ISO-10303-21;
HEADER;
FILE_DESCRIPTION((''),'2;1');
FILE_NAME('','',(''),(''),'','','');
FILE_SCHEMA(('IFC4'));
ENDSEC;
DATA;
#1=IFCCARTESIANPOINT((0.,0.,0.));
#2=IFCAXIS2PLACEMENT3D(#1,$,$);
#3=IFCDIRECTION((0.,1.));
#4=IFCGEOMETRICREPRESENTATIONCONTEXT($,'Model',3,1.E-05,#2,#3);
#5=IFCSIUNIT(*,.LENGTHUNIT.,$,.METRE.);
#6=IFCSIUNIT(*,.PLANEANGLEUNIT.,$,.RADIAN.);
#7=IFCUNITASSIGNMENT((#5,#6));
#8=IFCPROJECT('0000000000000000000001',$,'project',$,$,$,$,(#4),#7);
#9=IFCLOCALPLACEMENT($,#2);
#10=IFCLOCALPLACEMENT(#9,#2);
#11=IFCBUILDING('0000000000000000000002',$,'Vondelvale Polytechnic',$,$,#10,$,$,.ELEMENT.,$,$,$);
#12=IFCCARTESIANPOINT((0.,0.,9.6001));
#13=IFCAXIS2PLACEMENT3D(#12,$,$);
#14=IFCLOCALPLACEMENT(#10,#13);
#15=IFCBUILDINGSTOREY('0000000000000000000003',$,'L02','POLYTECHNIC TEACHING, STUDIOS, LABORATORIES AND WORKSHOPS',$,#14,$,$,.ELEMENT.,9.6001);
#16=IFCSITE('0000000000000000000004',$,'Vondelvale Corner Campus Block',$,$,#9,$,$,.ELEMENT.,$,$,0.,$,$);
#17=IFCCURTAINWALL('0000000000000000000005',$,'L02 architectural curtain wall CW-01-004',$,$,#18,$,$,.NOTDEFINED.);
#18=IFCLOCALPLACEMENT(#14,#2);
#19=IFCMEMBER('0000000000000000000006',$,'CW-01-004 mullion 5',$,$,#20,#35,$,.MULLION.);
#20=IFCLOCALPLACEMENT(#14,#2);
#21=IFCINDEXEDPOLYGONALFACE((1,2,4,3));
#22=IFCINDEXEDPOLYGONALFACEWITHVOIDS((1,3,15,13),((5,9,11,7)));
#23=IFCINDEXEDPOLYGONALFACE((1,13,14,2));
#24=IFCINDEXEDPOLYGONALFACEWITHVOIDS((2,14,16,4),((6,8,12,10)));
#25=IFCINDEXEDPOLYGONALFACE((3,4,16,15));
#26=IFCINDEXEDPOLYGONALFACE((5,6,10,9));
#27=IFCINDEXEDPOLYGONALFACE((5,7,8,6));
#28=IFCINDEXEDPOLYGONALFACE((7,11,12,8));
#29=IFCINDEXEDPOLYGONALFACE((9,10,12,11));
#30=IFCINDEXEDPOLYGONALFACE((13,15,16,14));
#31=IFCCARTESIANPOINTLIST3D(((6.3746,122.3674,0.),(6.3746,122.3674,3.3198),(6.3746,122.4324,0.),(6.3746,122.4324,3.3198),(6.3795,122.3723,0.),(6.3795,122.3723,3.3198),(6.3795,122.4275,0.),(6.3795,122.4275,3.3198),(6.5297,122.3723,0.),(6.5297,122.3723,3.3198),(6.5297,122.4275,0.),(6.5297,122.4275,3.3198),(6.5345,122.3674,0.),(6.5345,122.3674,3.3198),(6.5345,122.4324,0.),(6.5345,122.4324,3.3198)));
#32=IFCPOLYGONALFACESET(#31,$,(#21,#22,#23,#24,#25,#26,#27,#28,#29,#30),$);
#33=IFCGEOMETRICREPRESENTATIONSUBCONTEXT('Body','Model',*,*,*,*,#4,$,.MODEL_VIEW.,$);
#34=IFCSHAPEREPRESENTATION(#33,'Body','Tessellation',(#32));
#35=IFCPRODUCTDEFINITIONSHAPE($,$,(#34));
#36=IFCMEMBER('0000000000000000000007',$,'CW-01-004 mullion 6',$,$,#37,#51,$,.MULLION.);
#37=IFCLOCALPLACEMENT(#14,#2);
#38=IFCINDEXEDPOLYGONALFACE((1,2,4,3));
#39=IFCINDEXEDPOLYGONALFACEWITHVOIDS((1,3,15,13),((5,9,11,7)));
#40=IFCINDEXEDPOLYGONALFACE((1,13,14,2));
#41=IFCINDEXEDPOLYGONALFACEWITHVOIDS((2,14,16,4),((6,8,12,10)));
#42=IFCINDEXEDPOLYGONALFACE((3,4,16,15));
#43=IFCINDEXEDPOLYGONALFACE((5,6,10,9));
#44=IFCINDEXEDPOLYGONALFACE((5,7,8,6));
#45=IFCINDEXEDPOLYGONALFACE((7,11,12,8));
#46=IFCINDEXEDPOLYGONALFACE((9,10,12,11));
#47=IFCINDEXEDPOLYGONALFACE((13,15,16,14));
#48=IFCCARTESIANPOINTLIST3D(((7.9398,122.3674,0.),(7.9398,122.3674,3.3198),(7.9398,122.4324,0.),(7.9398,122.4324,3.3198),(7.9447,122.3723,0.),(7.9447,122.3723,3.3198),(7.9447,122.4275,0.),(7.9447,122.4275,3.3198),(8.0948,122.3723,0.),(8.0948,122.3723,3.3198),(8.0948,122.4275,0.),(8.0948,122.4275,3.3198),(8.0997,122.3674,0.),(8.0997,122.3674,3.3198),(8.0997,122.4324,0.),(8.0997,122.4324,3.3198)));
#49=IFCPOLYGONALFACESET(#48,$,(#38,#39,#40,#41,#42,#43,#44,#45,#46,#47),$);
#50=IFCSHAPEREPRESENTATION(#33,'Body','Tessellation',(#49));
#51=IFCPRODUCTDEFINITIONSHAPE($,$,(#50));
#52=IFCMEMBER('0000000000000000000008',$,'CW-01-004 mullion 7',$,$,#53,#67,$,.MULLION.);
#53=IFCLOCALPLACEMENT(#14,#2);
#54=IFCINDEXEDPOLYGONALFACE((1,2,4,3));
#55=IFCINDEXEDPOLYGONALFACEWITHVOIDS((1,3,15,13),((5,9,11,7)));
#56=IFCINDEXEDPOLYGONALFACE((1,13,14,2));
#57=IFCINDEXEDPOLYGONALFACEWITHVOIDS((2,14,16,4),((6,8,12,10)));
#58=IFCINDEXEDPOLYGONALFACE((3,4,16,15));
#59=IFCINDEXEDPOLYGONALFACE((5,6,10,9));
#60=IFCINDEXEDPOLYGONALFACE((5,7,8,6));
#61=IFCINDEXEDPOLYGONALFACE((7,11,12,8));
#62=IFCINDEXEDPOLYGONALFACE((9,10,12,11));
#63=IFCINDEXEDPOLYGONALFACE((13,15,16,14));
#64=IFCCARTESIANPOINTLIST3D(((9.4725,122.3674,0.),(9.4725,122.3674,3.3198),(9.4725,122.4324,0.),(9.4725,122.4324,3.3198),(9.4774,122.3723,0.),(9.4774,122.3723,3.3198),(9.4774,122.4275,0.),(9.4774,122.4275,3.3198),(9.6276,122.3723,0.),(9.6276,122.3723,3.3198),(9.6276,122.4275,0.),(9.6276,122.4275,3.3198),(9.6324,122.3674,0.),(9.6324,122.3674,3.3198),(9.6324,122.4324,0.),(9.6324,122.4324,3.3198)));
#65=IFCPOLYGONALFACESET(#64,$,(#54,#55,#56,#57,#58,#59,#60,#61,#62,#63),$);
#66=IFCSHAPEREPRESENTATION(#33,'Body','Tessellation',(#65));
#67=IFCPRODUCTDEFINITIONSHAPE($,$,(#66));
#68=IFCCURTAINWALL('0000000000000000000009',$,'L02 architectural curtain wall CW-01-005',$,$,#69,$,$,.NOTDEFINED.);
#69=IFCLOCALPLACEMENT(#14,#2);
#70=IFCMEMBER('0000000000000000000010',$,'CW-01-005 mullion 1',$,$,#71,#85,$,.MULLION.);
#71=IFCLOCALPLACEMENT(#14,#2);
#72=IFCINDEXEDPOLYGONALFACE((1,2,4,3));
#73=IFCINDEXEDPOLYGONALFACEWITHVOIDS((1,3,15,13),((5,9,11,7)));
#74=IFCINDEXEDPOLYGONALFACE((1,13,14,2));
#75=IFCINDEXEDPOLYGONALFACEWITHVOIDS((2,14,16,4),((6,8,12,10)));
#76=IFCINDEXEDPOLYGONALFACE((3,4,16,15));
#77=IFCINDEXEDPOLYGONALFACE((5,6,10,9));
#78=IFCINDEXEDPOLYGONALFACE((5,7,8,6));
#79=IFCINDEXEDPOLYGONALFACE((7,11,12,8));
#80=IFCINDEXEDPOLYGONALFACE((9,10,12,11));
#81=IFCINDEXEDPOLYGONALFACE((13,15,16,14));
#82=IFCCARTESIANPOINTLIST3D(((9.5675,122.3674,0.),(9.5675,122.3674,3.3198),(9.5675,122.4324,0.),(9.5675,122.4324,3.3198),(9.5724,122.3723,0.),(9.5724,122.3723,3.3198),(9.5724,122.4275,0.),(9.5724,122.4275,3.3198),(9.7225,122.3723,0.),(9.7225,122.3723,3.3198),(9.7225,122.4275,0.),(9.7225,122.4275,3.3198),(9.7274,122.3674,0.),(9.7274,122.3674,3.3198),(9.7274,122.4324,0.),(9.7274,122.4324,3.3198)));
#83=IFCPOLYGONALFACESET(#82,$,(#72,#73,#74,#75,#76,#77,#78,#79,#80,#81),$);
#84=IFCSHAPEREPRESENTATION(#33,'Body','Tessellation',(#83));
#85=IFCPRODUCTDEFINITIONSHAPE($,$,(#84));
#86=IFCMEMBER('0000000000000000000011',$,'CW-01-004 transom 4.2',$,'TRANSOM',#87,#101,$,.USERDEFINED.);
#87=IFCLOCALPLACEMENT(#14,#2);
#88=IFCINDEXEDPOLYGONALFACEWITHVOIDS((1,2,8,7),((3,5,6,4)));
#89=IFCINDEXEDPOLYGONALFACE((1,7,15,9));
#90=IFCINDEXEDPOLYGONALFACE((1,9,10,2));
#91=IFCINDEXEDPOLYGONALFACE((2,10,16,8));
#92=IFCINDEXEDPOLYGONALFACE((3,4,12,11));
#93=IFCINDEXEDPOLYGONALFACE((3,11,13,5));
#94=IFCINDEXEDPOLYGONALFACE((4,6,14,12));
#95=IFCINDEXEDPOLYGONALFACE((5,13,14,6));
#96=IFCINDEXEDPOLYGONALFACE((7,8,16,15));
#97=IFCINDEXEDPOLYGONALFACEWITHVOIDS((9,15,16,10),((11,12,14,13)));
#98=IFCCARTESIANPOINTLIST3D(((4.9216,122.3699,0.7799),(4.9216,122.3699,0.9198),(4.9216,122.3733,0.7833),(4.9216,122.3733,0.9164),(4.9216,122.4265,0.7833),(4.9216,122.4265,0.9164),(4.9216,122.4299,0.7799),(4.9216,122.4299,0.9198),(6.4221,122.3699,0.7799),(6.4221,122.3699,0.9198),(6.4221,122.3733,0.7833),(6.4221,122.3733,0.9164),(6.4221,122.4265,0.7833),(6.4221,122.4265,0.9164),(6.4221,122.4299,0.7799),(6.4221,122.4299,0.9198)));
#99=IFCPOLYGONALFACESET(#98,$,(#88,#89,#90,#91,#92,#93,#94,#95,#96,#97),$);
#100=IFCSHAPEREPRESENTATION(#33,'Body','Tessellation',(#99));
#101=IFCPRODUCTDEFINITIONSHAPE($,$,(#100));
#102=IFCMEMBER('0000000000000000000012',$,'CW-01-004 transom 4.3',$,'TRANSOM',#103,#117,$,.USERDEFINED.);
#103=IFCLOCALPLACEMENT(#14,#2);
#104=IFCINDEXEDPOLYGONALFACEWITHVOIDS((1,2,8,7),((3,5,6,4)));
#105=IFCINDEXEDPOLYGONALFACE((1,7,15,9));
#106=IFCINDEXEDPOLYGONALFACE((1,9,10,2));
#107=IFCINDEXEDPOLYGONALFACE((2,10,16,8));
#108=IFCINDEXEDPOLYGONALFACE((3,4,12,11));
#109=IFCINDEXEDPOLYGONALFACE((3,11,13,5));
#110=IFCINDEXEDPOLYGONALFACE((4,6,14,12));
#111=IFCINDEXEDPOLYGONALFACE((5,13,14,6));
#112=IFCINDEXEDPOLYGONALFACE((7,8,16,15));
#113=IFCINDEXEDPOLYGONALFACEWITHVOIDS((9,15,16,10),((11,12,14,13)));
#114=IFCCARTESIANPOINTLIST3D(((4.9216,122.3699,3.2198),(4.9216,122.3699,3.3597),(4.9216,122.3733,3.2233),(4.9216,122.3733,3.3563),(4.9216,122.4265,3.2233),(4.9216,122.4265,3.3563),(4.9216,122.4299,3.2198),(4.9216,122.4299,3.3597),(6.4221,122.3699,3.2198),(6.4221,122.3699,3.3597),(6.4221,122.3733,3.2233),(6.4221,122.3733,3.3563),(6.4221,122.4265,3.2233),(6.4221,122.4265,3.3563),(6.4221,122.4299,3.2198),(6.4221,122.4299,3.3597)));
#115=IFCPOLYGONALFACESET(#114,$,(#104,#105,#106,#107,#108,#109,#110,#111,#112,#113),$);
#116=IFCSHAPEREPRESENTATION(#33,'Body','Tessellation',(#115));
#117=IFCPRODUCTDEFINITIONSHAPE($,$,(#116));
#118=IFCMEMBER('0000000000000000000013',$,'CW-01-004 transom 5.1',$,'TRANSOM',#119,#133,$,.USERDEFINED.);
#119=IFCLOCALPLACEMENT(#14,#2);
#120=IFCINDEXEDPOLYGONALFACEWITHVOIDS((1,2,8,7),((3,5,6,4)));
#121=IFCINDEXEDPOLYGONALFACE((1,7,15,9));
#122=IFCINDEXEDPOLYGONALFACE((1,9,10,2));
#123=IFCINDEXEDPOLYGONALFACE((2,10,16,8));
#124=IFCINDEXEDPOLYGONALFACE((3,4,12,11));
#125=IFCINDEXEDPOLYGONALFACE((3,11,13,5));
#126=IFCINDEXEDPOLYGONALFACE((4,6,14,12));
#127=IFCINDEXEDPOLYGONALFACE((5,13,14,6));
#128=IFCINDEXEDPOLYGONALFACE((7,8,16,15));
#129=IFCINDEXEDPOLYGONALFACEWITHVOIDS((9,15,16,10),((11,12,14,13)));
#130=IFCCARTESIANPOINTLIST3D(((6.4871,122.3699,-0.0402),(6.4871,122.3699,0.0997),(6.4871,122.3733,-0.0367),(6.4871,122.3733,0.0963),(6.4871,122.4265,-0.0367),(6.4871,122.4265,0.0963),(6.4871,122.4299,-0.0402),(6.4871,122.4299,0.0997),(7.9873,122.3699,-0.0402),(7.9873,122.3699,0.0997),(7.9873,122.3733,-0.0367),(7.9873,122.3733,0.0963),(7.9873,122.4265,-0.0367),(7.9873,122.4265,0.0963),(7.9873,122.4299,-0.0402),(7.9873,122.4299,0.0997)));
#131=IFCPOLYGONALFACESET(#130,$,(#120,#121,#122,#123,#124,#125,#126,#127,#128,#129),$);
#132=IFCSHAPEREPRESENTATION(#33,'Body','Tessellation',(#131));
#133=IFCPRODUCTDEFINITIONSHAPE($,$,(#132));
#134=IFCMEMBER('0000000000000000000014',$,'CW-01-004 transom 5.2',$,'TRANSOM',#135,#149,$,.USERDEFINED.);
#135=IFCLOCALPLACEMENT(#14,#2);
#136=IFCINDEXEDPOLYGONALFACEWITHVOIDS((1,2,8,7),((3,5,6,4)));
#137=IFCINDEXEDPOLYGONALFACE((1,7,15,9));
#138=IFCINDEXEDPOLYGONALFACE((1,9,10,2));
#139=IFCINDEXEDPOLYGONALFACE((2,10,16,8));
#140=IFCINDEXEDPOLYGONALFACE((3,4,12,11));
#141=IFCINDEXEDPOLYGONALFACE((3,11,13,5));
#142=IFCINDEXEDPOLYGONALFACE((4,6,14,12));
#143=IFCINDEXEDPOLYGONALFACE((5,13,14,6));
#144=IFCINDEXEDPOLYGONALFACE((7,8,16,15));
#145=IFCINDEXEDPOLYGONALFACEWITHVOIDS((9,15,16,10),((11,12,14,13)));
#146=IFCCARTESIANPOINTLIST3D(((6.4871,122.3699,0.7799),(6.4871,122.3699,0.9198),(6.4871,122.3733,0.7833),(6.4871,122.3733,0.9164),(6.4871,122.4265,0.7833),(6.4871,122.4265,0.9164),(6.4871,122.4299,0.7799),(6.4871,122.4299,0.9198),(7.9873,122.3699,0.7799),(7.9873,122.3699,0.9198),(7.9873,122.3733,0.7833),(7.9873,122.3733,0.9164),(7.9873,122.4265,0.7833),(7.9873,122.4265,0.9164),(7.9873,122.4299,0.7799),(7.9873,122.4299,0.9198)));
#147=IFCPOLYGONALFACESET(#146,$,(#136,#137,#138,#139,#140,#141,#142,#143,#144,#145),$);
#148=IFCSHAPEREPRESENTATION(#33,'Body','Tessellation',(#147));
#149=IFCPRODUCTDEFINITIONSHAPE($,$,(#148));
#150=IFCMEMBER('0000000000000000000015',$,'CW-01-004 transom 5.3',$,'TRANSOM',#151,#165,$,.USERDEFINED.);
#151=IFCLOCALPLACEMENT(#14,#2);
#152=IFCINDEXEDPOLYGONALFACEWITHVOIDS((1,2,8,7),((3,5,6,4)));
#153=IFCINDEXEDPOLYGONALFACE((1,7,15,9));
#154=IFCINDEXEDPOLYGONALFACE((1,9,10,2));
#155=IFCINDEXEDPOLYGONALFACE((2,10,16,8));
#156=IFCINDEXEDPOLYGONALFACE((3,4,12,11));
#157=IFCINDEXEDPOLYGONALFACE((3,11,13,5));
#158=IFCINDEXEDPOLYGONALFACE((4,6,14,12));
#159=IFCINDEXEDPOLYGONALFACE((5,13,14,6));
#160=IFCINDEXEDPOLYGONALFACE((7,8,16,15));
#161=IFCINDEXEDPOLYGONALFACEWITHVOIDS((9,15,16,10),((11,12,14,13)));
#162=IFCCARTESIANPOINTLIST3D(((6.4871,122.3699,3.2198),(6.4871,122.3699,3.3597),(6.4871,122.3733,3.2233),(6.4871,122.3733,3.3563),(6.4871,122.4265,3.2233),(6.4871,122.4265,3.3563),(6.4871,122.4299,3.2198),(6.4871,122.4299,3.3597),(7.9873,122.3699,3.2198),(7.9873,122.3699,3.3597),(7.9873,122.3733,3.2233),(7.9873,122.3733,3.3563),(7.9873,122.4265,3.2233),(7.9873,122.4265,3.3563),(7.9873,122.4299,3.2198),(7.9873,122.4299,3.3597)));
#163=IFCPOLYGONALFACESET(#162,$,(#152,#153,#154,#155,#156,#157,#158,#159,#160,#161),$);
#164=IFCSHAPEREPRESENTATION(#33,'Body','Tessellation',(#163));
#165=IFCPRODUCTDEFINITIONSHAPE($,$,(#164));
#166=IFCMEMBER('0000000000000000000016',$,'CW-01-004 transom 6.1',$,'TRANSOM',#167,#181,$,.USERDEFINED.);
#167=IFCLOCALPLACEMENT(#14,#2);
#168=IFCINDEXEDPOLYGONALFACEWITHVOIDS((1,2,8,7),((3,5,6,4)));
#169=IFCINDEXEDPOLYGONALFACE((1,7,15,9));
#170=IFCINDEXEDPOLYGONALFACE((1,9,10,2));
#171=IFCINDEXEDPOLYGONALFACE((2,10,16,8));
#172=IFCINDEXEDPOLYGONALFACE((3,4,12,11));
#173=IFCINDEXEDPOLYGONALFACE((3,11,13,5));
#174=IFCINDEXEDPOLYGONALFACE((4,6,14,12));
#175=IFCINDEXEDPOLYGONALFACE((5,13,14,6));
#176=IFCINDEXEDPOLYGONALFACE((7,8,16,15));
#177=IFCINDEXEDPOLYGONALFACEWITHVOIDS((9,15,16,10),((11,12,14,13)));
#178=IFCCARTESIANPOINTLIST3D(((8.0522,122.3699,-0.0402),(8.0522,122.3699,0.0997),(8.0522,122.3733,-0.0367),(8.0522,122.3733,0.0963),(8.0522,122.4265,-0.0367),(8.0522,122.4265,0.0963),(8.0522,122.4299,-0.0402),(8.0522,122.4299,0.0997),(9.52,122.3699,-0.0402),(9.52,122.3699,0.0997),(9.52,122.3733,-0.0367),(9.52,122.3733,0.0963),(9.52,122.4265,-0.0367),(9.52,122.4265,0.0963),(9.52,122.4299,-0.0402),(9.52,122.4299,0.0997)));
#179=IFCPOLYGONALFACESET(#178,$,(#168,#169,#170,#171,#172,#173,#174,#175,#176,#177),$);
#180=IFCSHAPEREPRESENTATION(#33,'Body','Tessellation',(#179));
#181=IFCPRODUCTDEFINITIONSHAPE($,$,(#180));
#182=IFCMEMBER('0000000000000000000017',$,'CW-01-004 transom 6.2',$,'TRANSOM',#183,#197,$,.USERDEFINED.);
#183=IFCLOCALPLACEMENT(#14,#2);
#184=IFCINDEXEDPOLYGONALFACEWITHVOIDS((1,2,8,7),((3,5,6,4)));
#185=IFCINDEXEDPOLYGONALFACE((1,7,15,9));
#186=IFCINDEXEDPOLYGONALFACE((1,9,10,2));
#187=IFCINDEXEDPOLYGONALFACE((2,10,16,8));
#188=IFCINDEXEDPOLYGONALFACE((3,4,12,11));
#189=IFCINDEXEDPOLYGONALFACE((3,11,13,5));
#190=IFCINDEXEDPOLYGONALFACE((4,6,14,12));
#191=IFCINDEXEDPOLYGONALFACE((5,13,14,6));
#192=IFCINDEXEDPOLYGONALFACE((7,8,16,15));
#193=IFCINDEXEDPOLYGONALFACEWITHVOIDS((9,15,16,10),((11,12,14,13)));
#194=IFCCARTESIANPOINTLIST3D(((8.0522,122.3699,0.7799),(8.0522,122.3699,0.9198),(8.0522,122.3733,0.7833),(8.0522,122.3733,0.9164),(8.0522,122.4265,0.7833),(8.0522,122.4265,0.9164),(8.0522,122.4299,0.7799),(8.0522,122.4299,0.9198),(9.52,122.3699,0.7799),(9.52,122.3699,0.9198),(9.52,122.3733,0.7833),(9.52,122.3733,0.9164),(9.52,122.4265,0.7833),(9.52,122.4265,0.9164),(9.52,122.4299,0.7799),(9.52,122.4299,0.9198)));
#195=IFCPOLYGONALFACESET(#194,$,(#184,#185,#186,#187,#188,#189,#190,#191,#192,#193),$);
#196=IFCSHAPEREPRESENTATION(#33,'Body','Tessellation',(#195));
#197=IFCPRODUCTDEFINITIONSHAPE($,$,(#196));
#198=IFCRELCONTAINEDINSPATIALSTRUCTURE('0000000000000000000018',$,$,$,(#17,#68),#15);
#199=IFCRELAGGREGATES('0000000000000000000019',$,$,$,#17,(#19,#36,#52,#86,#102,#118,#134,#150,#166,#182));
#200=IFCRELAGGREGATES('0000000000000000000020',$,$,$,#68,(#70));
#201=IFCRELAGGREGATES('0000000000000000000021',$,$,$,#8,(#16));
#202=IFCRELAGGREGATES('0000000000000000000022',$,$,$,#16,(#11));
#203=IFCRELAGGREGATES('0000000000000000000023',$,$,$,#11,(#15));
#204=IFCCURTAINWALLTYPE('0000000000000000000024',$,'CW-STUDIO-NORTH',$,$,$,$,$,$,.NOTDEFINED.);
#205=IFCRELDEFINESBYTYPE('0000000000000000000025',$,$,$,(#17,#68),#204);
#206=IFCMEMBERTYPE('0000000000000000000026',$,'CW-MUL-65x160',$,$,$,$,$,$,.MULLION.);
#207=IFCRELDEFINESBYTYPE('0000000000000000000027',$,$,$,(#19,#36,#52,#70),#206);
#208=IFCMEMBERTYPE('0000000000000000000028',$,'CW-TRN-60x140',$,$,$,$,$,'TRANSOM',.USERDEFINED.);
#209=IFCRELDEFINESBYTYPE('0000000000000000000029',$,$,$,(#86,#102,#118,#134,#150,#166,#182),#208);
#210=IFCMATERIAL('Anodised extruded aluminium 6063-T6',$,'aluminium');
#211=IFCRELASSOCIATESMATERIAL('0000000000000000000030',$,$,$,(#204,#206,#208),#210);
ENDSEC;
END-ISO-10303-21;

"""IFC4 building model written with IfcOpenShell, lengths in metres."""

from ifc_helpers import new_model, si_unit, direction, frame, origin, origin_2d, place, context, subcontext, project, spatial, hollow_rectangle, extrude, material, material_profile, profile_set, type_object, element, aggregate, save


model = new_model("IFC4")

# Units and contexts
model_context = context("Model", 3, precision=1e-05, world=origin(), true_north=direction((0.0, 1.0)))
body_context = subcontext(model_context, "Body", "Model", "MODEL_VIEW")
ifc_project = project(units=[si_unit("LENGTHUNIT", "METRE"), si_unit("PLANEANGLEUNIT", "RADIAN")], contexts=[model_context])

# Site, building, storey
site_placement = place(None, origin())
site = spatial("IfcSite", under=ifc_project, at=site_placement, Name="Vondelvale Corner Campus Block", CompositionType="ELEMENT", RefElevation=0.0)
building_placement = place(site_placement, origin())
building = spatial("IfcBuilding", under=site, at=building_placement, Name="Vondelvale Polytechnic", CompositionType="ELEMENT")
storey_placement = place(building_placement, frame((0.0, 0.0, 9.6001)))
storey = spatial("IfcBuildingStorey", under=building, at=storey_placement, Name="L02", Description="POLYTECHNIC TEACHING, STUDIOS, LABORATORIES AND WORKSHOPS", CompositionType="ELEMENT", Elevation=9.6001)

# Curtain wall, members
ifc_material_1 = material(Name="Anodised extruded aluminium 6063-T6", Category="aluminium")
curtain_wall_type = type_object("IfcCurtainWallType", Name="CW-STUDIO-NORTH", PredefinedType="NOTDEFINED", material=ifc_material_1)
curtain_wall_1_placement = place(storey_placement, origin())
curtain_wall_1 = element("IfcCurtainWall", 1, at=curtain_wall_1_placement, inside=storey, type_object=curtain_wall_type, Name="L02 architectural curtain wall CW-01-004", PredefinedType="NOTDEFINED")
ifc_material_profile_1 = material_profile(ifc_material_1, hollow_rectangle(XDim=0.0649, YDim=0.1599, WallThickness=0.0049, at=origin_2d()), Name="CW-MUL-160x65")
ifc_profile_set_1 = profile_set([ifc_material_profile_1], Name="Anodised extruded aluminium 6063-T6")
member_type_1 = type_object("IfcMemberType", Name="CW-MUL-65x160", PredefinedType="MULLION", material=ifc_profile_set_1)
member_1_placement = place(storey_placement, frame((6.4546, 122.3999, 0.0), z_axis=(0.0, 0.0, 1.0), x_axis=(0.0, 1.0, 0.0)))
member_1 = element("IfcMember", 2, at=member_1_placement, type_object=member_type_1, Name="CW-01-004 mullion 5", PredefinedType="MULLION", context=body_context, shape_type="SweptSolid", body=[
    extrude(hollow_rectangle(XDim=0.0649, YDim=0.1599, WallThickness=0.0049, at=origin_2d()), origin(), (0.0, 0.0, 1.0), 3.3198),
])
member_2_placement = place(storey_placement, frame((8.0198, 122.3999, 0.0), z_axis=(0.0, 0.0, 1.0), x_axis=(0.0, 1.0, 0.0)))
member_2 = element("IfcMember", 3, at=member_2_placement, type_object=member_type_1, Name="CW-01-004 mullion 6", PredefinedType="MULLION", context=body_context, shape_type="SweptSolid", body=[
    extrude(hollow_rectangle(XDim=0.0649, YDim=0.1599, WallThickness=0.0049, at=origin_2d()), origin(), (0.0, 0.0, 1.0), 3.3198),
])
member_3_placement = place(storey_placement, frame((9.5525, 122.3999, 0.0), z_axis=(0.0, 0.0, 1.0), x_axis=(0.0, 1.0, 0.0)))
member_3 = element("IfcMember", 4, at=member_3_placement, type_object=member_type_1, Name="CW-01-004 mullion 7", PredefinedType="MULLION", context=body_context, shape_type="SweptSolid", body=[
    extrude(hollow_rectangle(XDim=0.0649, YDim=0.1599, WallThickness=0.0049, at=origin_2d()), origin(), (0.0, 0.0, 1.0), 3.3198),
])

# Curtain wall, member
curtain_wall_2_placement = place(storey_placement, origin())
curtain_wall_2 = element("IfcCurtainWall", 5, at=curtain_wall_2_placement, inside=storey, type_object=curtain_wall_type, Name="L02 architectural curtain wall CW-01-005", PredefinedType="NOTDEFINED")
member_4_placement = place(storey_placement, frame((9.6475, 122.3999, 0.0), z_axis=(0.0, 0.0, 1.0), x_axis=(0.0, 1.0, 0.0)))
member_4 = element("IfcMember", 6, at=member_4_placement, type_object=member_type_1, Name="CW-01-005 mullion 1", PredefinedType="MULLION", context=body_context, shape_type="SweptSolid", body=[
    extrude(hollow_rectangle(XDim=0.0649, YDim=0.1599, WallThickness=0.0049, at=origin_2d()), origin(), (0.0, 0.0, 1.0), 3.3198),
])

# Members
ifc_material_profile_2 = material_profile(ifc_material_1, hollow_rectangle(XDim=0.0601, YDim=0.1399, WallThickness=0.0034, at=origin_2d()), Name="CW-TRN-140x60")
ifc_profile_set_2 = profile_set([ifc_material_profile_2], Name="Anodised extruded aluminium 6063-T6")
member_type_2 = type_object("IfcMemberType", Name="CW-TRN-60x140", ElementType="TRANSOM", PredefinedType="USERDEFINED", material=ifc_profile_set_2)
member_5_placement = place(storey_placement, frame((4.9216, 122.3999, 0.8499), z_axis=(1.0, 0.0, 0.0), x_axis=(0.0, 1.0, 0.0)))
member_5 = element("IfcMember", 7, at=member_5_placement, type_object=member_type_2, Name="CW-01-004 transom 4.2", ObjectType="TRANSOM", PredefinedType="USERDEFINED", context=body_context, shape_type="SweptSolid", body=[
    extrude(hollow_rectangle(XDim=0.0601, YDim=0.1399, WallThickness=0.0034, at=origin_2d()), origin(), (0.0, 0.0, 1.0), 1.5005),
])
member_6_placement = place(storey_placement, frame((4.9216, 122.3999, 3.2898), z_axis=(1.0, 0.0, 0.0), x_axis=(0.0, 1.0, 0.0)))
member_6 = element("IfcMember", 8, at=member_6_placement, type_object=member_type_2, Name="CW-01-004 transom 4.3", ObjectType="TRANSOM", PredefinedType="USERDEFINED", context=body_context, shape_type="SweptSolid", body=[
    extrude(hollow_rectangle(XDim=0.0601, YDim=0.1399, WallThickness=0.0034, at=origin_2d()), origin(), (0.0, 0.0, 1.0), 1.5005),
])
member_7_placement = place(storey_placement, frame((6.4871, 122.3999, 0.0298), z_axis=(1.0, 0.0, 0.0), x_axis=(0.0, 1.0, 0.0)))
member_7 = element("IfcMember", 9, at=member_7_placement, type_object=member_type_2, Name="CW-01-004 transom 5.1", ObjectType="TRANSOM", PredefinedType="USERDEFINED", context=body_context, shape_type="SweptSolid", body=[
    extrude(hollow_rectangle(XDim=0.0601, YDim=0.1399, WallThickness=0.0034, at=origin_2d()), origin(), (0.0, 0.0, 1.0), 1.5002),
])
member_8_placement = place(storey_placement, frame((6.4871, 122.3999, 0.8499), z_axis=(1.0, 0.0, 0.0), x_axis=(0.0, 1.0, 0.0)))
member_8 = element("IfcMember", 10, at=member_8_placement, type_object=member_type_2, Name="CW-01-004 transom 5.2", ObjectType="TRANSOM", PredefinedType="USERDEFINED", context=body_context, shape_type="SweptSolid", body=[
    extrude(hollow_rectangle(XDim=0.0601, YDim=0.1399, WallThickness=0.0034, at=origin_2d()), origin(), (0.0, 0.0, 1.0), 1.5002),
])
member_9_placement = place(storey_placement, frame((6.4871, 122.3999, 3.2898), z_axis=(1.0, 0.0, 0.0), x_axis=(0.0, 1.0, 0.0)))
member_9 = element("IfcMember", 11, at=member_9_placement, type_object=member_type_2, Name="CW-01-004 transom 5.3", ObjectType="TRANSOM", PredefinedType="USERDEFINED", context=body_context, shape_type="SweptSolid", body=[
    extrude(hollow_rectangle(XDim=0.0601, YDim=0.1399, WallThickness=0.0034, at=origin_2d()), origin(), (0.0, 0.0, 1.0), 1.5002),
])
member_10_placement = place(storey_placement, frame((8.0522, 122.3999, 0.0298), z_axis=(1.0, 0.0, 0.0), x_axis=(0.0, 1.0, 0.0)))
member_10 = element("IfcMember", 12, at=member_10_placement, type_object=member_type_2, Name="CW-01-004 transom 6.1", ObjectType="TRANSOM", PredefinedType="USERDEFINED", context=body_context, shape_type="SweptSolid", body=[
    extrude(hollow_rectangle(XDim=0.0601, YDim=0.1399, WallThickness=0.0034, at=origin_2d()), origin(), (0.0, 0.0, 1.0), 1.4678),
])
member_11_placement = place(storey_placement, frame((8.0522, 122.3999, 0.8499), z_axis=(1.0, 0.0, 0.0), x_axis=(0.0, 1.0, 0.0)))
member_11 = element("IfcMember", 13, at=member_11_placement, type_object=member_type_2, Name="CW-01-004 transom 6.2", ObjectType="TRANSOM", PredefinedType="USERDEFINED", context=body_context, shape_type="SweptSolid", body=[
    extrude(hollow_rectangle(XDim=0.0601, YDim=0.1399, WallThickness=0.0034, at=origin_2d()), origin(), (0.0, 0.0, 1.0), 1.4678),
])

aggregate(curtain_wall_1, [member_1, member_2, member_3, member_5, member_6, member_7, member_8, member_9, member_10, member_11])
aggregate(curtain_wall_2, [member_4])

save(model, "model.ifc")
